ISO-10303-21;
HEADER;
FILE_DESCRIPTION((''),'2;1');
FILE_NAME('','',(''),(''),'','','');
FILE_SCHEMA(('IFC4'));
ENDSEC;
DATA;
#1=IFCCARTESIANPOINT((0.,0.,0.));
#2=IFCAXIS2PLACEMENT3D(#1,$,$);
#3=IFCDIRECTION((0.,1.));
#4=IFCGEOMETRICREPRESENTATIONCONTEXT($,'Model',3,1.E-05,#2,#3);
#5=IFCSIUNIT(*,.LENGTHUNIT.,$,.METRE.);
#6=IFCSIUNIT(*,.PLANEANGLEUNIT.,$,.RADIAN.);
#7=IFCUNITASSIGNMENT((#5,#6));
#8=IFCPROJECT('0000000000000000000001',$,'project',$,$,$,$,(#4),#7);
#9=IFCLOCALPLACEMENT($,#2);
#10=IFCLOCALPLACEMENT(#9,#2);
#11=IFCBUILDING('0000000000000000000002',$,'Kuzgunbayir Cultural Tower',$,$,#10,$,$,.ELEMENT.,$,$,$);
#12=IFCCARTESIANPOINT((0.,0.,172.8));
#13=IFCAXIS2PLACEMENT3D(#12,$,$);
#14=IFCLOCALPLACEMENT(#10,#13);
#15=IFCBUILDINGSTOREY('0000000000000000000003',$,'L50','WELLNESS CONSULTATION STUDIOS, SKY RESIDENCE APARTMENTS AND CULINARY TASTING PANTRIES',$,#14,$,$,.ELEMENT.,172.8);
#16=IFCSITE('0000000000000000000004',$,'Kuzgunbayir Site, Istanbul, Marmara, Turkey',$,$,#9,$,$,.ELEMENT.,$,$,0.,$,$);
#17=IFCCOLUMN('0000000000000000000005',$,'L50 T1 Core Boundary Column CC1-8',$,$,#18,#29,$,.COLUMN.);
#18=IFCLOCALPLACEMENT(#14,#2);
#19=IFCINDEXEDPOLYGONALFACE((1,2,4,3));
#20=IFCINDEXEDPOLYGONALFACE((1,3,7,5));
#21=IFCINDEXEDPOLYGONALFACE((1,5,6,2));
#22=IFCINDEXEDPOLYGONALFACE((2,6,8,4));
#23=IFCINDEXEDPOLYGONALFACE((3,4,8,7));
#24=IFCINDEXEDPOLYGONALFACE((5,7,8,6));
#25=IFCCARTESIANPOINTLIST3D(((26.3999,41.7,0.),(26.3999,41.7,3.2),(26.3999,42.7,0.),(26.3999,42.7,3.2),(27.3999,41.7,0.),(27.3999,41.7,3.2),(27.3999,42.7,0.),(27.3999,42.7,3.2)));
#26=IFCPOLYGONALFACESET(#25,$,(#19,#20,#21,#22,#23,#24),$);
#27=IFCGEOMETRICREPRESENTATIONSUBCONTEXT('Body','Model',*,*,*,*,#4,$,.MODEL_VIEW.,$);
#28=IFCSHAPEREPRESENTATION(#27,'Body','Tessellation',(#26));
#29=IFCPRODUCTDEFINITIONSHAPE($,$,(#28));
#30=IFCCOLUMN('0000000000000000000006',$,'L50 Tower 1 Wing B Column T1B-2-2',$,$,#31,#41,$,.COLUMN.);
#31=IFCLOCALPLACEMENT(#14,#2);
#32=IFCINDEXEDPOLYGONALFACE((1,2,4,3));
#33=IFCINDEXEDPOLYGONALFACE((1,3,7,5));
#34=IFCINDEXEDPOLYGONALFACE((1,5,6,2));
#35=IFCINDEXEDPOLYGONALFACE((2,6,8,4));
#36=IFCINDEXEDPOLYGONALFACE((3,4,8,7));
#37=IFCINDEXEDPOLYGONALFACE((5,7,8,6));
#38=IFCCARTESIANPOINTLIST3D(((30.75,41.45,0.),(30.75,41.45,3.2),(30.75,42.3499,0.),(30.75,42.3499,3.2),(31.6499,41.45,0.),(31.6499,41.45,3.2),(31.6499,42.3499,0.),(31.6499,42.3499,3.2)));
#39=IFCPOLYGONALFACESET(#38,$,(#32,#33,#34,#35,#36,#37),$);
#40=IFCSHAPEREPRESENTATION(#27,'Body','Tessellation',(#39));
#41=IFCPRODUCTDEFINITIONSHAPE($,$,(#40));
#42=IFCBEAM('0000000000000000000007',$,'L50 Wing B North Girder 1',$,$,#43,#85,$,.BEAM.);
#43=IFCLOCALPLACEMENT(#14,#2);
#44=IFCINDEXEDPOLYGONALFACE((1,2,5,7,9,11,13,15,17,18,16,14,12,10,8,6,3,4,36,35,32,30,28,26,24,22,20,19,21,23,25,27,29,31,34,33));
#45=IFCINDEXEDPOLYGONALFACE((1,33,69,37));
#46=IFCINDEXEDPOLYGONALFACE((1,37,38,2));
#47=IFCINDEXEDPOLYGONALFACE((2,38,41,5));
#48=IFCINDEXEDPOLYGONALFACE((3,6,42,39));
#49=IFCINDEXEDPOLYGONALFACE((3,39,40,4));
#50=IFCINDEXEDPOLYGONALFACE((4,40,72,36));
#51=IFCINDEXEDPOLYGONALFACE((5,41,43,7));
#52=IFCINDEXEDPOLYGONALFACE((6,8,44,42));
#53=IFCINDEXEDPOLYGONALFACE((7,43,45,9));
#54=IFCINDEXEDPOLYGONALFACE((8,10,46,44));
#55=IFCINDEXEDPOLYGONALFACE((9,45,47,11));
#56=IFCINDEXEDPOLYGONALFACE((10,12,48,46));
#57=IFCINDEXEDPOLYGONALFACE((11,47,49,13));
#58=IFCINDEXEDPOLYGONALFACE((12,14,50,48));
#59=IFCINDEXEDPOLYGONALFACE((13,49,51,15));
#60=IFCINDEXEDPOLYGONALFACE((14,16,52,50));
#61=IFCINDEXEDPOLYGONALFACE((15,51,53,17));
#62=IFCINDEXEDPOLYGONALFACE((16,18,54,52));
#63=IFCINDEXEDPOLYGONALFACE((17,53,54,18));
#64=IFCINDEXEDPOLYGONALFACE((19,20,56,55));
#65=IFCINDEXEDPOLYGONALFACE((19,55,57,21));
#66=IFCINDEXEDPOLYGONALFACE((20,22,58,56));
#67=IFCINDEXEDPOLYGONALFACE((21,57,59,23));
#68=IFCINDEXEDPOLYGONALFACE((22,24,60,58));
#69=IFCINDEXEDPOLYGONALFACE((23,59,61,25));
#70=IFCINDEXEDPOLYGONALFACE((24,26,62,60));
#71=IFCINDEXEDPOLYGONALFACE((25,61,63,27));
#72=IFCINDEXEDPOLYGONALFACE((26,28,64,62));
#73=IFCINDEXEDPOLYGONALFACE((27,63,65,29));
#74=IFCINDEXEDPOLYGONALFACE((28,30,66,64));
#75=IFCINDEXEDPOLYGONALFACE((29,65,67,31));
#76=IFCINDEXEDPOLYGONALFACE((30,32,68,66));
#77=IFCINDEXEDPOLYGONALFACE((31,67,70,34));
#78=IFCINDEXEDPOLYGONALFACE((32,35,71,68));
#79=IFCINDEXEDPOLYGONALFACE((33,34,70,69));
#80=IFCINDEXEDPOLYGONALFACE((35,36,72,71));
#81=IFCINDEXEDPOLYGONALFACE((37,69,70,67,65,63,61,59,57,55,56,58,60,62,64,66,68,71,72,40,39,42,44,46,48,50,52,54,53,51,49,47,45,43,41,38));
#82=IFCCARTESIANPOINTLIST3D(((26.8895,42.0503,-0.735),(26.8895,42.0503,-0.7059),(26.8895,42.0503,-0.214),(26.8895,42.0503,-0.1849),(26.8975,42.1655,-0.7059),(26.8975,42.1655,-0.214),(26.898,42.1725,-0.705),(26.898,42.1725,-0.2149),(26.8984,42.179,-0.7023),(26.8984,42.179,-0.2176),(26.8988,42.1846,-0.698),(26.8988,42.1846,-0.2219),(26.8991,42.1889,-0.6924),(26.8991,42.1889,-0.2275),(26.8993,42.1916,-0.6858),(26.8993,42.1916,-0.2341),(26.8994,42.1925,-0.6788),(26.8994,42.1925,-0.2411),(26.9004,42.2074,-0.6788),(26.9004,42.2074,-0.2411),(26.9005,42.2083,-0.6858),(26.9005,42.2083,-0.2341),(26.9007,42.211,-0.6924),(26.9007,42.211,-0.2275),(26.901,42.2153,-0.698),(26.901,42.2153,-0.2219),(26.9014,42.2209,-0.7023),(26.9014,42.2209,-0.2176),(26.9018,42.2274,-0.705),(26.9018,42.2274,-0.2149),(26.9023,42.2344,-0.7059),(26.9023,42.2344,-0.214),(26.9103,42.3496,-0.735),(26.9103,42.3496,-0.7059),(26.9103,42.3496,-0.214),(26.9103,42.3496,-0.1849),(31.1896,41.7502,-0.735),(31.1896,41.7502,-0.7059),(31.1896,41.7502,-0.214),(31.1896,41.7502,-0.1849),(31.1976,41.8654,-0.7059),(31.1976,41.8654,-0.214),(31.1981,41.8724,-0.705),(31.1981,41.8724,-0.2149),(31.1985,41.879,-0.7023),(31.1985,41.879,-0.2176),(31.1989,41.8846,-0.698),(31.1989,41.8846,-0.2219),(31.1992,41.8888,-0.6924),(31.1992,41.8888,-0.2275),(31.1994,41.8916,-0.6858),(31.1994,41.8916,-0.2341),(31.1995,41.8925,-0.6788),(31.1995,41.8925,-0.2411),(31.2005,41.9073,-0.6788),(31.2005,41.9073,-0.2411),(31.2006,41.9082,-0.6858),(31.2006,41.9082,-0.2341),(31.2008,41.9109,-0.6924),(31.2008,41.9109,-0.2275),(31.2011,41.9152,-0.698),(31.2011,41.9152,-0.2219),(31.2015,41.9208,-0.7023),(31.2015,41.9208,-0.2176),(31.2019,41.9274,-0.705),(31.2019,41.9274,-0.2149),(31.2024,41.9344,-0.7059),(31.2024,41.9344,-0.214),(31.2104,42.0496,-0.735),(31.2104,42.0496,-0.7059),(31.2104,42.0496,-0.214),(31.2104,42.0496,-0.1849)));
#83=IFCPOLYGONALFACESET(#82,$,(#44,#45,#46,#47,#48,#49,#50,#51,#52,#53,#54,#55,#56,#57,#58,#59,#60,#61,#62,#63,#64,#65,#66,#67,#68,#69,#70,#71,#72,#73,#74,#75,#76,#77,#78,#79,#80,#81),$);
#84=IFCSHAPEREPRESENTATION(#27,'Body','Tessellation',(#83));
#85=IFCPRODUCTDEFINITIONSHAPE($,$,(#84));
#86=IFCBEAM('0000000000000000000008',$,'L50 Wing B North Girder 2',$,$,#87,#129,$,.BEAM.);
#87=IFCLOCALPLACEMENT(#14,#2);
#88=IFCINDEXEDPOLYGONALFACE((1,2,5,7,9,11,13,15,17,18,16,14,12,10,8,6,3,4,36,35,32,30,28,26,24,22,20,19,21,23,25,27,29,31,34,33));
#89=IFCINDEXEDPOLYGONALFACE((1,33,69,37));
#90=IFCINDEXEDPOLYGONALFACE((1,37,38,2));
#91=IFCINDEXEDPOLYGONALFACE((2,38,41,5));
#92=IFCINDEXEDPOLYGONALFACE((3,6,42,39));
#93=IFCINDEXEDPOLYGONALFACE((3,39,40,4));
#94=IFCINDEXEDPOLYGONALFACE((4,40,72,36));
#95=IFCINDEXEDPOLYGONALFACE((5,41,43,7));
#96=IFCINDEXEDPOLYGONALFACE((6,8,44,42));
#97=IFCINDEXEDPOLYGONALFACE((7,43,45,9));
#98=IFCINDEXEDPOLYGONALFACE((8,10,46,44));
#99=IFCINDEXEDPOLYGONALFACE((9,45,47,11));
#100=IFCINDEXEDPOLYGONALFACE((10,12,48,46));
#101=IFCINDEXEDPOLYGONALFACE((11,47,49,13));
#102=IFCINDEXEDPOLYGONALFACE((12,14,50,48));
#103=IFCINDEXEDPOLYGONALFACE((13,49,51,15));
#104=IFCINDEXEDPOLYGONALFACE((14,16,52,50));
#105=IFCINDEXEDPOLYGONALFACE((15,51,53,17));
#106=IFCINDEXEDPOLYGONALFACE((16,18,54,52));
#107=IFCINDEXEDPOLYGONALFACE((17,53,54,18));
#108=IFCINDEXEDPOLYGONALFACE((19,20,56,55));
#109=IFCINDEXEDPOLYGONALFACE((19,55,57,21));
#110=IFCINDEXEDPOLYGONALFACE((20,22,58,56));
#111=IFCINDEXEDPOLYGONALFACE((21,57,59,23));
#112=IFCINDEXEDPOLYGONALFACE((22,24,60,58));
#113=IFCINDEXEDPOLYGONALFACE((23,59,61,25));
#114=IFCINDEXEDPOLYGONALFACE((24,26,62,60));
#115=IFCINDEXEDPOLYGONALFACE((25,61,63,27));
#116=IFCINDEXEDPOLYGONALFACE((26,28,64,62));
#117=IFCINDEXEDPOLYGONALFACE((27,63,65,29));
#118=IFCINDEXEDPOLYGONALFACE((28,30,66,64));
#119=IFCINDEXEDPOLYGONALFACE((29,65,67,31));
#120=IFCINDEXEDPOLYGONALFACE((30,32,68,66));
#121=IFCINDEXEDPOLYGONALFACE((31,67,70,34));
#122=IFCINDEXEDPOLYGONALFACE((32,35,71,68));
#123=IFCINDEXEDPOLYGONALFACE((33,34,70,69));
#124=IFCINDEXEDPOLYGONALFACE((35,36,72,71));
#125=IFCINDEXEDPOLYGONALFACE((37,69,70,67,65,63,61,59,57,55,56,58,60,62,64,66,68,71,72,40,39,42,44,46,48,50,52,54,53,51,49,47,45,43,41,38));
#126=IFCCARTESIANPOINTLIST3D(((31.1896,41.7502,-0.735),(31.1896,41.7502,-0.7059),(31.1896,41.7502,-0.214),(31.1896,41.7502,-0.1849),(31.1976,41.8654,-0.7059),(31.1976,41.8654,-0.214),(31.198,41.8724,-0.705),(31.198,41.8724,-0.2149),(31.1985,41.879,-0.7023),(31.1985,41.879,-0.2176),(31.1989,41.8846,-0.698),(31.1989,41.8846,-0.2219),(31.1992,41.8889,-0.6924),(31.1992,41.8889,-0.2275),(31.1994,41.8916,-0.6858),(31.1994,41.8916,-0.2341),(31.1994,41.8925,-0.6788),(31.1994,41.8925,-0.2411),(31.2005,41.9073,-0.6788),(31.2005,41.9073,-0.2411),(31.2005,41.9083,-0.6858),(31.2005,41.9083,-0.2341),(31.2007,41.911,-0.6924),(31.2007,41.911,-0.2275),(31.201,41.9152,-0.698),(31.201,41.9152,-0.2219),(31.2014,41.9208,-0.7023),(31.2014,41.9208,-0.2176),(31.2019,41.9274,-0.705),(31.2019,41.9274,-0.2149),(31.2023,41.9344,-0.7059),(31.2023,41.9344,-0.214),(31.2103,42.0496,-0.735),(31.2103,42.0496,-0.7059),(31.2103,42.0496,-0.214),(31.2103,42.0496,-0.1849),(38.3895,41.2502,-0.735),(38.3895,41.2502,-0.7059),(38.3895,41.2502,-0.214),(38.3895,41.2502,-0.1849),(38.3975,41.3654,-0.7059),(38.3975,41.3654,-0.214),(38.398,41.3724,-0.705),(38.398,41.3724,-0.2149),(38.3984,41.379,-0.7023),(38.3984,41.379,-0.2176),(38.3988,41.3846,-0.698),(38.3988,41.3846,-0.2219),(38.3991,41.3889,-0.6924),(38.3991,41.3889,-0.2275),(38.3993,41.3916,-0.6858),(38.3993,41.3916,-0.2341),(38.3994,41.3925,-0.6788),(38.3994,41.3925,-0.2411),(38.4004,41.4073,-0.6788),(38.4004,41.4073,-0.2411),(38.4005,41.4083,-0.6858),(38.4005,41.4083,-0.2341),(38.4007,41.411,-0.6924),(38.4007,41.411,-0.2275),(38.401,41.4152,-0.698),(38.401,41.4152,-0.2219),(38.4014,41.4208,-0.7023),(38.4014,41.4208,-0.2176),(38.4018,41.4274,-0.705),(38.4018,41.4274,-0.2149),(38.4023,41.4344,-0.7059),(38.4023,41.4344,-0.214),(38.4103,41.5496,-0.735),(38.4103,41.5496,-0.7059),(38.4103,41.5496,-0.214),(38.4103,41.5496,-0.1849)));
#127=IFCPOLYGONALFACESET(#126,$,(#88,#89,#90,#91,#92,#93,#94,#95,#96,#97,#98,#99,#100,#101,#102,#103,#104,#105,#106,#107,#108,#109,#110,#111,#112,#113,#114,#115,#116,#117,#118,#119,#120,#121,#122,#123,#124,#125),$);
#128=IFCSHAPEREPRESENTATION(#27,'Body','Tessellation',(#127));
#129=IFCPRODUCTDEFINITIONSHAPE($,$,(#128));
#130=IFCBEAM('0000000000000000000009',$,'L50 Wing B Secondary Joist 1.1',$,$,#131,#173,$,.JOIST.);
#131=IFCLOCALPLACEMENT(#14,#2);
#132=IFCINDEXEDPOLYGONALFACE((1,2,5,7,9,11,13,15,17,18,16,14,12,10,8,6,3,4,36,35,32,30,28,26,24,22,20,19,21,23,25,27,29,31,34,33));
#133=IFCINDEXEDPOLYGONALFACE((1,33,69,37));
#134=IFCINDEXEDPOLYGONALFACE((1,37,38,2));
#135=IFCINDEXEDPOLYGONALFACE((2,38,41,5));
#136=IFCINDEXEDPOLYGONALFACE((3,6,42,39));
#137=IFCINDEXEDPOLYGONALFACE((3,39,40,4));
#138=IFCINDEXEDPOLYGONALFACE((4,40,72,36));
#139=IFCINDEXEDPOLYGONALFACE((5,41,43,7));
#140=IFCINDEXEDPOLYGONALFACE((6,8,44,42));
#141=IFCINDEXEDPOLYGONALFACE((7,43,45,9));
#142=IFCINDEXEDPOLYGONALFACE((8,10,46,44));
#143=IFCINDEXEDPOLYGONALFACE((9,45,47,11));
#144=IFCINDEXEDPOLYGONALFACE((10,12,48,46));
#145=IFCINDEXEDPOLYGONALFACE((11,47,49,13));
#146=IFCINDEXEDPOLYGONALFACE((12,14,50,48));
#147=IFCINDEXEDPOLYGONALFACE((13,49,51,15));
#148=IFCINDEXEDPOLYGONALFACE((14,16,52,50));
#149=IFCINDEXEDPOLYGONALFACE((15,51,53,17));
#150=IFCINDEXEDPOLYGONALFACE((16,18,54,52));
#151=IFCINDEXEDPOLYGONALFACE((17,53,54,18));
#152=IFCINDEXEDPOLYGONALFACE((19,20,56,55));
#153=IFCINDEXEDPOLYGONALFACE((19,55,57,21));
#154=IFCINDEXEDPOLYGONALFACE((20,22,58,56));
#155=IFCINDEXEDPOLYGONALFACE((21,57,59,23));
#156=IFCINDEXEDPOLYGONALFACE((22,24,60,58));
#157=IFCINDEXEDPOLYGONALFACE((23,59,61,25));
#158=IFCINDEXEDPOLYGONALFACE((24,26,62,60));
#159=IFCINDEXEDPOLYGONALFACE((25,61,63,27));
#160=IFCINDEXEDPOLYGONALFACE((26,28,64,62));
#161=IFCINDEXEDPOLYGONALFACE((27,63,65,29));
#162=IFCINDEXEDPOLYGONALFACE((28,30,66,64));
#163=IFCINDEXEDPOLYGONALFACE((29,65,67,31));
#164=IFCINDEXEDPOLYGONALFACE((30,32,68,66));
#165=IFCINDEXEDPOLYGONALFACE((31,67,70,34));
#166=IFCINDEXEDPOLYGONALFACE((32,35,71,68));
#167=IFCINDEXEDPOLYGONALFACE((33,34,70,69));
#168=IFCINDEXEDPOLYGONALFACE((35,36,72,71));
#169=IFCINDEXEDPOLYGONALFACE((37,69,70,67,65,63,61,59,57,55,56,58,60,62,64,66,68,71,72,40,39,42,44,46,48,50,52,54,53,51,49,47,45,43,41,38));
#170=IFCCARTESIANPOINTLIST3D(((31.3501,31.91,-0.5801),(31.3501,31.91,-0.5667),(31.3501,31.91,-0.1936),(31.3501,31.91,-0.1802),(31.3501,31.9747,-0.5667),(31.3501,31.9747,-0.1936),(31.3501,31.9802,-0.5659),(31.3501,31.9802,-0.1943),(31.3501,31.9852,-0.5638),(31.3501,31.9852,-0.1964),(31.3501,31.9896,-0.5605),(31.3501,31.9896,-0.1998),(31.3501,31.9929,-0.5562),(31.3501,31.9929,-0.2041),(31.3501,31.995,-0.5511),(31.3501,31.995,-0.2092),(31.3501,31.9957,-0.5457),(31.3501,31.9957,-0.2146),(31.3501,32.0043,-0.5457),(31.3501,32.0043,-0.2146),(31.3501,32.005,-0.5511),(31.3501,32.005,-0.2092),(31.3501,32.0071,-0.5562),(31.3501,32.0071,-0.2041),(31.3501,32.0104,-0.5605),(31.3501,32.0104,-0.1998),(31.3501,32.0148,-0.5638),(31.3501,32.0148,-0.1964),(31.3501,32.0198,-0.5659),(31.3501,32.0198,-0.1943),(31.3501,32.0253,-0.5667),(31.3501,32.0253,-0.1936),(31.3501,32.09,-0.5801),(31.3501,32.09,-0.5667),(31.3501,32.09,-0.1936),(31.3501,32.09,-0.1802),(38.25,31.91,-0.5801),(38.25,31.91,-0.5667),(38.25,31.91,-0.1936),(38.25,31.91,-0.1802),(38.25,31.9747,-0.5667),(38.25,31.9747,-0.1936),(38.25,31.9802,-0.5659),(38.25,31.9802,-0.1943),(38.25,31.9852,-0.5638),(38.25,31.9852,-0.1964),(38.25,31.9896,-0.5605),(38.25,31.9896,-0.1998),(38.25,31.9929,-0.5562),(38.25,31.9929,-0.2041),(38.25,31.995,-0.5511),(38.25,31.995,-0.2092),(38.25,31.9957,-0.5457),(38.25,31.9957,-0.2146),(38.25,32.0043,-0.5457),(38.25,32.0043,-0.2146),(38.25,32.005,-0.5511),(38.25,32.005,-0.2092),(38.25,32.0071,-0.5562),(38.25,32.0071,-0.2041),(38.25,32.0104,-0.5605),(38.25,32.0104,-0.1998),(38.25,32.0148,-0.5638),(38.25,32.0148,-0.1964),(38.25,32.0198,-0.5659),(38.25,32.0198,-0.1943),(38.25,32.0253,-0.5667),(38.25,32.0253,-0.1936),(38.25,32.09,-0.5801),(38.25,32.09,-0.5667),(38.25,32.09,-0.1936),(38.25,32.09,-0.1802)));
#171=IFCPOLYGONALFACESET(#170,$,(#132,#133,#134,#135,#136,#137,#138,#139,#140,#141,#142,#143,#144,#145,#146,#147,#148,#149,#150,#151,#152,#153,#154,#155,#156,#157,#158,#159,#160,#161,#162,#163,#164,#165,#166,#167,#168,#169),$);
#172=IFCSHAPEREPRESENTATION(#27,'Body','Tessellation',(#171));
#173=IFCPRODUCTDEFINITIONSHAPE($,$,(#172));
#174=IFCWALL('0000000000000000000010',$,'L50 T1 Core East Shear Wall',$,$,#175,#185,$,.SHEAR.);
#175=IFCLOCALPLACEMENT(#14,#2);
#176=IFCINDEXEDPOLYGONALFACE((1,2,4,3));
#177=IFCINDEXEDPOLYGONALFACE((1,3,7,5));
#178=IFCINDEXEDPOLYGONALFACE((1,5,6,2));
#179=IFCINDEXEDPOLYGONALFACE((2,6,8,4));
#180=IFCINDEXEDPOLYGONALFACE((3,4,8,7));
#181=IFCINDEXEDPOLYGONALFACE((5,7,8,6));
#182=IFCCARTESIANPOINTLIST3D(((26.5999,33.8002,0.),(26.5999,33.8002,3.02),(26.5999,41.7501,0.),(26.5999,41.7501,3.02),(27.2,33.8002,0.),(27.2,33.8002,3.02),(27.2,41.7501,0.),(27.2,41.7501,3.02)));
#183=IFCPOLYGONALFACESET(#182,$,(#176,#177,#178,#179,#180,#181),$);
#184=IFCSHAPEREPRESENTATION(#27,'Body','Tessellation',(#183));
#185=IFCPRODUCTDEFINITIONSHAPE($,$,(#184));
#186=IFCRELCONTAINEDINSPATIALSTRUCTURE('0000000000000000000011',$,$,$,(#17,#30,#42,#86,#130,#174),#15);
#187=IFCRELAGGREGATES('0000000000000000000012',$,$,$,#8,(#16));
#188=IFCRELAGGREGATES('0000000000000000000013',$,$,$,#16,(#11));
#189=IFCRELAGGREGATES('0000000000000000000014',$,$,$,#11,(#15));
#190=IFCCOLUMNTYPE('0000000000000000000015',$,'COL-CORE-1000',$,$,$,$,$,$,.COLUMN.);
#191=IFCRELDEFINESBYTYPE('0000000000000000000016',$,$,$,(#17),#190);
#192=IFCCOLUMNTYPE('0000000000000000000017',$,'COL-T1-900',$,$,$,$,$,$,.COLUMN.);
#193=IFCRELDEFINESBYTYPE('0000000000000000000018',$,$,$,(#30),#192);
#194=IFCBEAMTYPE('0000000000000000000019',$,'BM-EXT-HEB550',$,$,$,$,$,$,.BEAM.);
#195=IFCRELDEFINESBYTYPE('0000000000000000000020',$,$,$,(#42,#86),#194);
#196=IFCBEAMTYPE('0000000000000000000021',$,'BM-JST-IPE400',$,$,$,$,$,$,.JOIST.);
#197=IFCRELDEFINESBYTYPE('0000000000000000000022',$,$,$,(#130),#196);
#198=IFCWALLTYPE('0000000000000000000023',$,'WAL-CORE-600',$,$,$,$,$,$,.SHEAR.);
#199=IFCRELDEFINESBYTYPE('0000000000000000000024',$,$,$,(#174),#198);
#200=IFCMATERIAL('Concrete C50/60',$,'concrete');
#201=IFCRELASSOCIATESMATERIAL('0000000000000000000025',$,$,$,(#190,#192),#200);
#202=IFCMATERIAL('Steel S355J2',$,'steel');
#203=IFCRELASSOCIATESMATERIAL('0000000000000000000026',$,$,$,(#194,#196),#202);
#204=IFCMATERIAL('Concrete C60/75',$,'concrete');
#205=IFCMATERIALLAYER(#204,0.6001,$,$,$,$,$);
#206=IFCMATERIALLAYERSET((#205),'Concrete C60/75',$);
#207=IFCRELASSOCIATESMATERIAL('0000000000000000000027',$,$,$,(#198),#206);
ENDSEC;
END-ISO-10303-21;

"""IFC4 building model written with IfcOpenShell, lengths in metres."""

from ifc_helpers import new_model, si_unit, direction, frame, frame_2d, origin, origin_2d, place, context, subcontext, project, spatial, rectangle, i_section, extrude, material, layer, layer_set, material_profile, profile_set, type_object, element, save


model = new_model("IFC4")

# Units and contexts
model_context = context("Model", 3, precision=1e-05, world=origin(), true_north=direction((0.0, 1.0)))
body_context = subcontext(model_context, "Body", "Model", "MODEL_VIEW")
ifc_project = project(units=[si_unit("LENGTHUNIT", "METRE"), si_unit("PLANEANGLEUNIT", "RADIAN")], contexts=[model_context])

# Site, building, storey
site_placement = place(None, origin())
site = spatial("IfcSite", under=ifc_project, at=site_placement, Name="Kuzgunbayir Site, Istanbul, Marmara, Turkey", CompositionType="ELEMENT", RefElevation=0.0)
building_placement = place(site_placement, origin())
building = spatial("IfcBuilding", under=site, at=building_placement, Name="Kuzgunbayir Cultural Tower", CompositionType="ELEMENT")
storey_placement = place(building_placement, frame((0.0, 0.0, 172.8)))
storey = spatial("IfcBuildingStorey", under=building, at=storey_placement, Name="L50", Description="WELLNESS CONSULTATION STUDIOS, SKY RESIDENCE APARTMENTS AND CULINARY TASTING PANTRIES", CompositionType="ELEMENT", Elevation=172.8)

# Columns
ifc_material_1 = material(Name="Concrete C50/60", Category="concrete")
ifc_material_profile_1 = material_profile(ifc_material_1, rectangle(XDim=1.0, YDim=1.0, at=origin_2d()), Name="RC 1000x1000")
ifc_profile_set_1 = profile_set([ifc_material_profile_1], Name="Concrete C50/60")
column_type_1 = type_object("IfcColumnType", Name="COL-CORE-1000", PredefinedType="COLUMN", material=ifc_profile_set_1)
column_1_placement = place(storey_placement, frame((26.8999, 42.2, 0.0), z_axis=(0.0, 0.0, 1.0), x_axis=(1.0, 0.0, 0.0)))
element("IfcColumn", 1, at=column_1_placement, inside=storey, type_object=column_type_1, Name="L50 T1 Core Boundary Column CC1-8", PredefinedType="COLUMN", context=body_context, shape_type="SweptSolid", body=[
    extrude(rectangle(XDim=1.0, YDim=1.0, at=origin_2d()), origin(), (0.0, 0.0, 1.0), 3.2),
])
ifc_material_profile_2 = material_profile(ifc_material_1, rectangle(XDim=0.8999, YDim=0.8999, at=origin_2d()), Name="RC 900x900")
ifc_profile_set_2 = profile_set([ifc_material_profile_2], Name="Concrete C50/60")
column_type_2 = type_object("IfcColumnType", Name="COL-T1-900", PredefinedType="COLUMN", material=ifc_profile_set_2)
column_2_placement = place(storey_placement, frame((31.2, 41.8999, 0.0), z_axis=(0.0, 0.0, 1.0), x_axis=(1.0, 0.0, 0.0)))
element("IfcColumn", 2, at=column_2_placement, inside=storey, type_object=column_type_2, Name="L50 Tower 1 Wing B Column T1B-2-2", PredefinedType="COLUMN", context=body_context, shape_type="SweptSolid", body=[
    extrude(rectangle(XDim=0.8999, YDim=0.8999, at=origin_2d()), origin(), (0.0, 0.0, 1.0), 3.2),
])

# Beams
ifc_material_2 = material(Name="Steel S355J2", Category="steel")
ifc_material_profile_3 = material_profile(ifc_material_2, i_section(OverallWidth=0.3, OverallDepth=0.55, WebThickness=0.0149, FlangeThickness=0.0291, FilletRadius=0.0271, at=origin_2d()), Name="HEB 550")
ifc_profile_set_3 = profile_set([ifc_material_profile_3], Name="Steel S355J2")
beam_type_1 = type_object("IfcBeamType", Name="BM-EXT-HEB550", PredefinedType="BEAM", material=ifc_profile_set_3)
beam_1_placement = place(storey_placement, frame((26.8999, 42.2, -0.46), z_axis=(0.997574, -0.069609, 0.0), x_axis=(0.069609, 0.997574, 0.0)))
element("IfcBeam", 3, at=beam_1_placement, inside=storey, type_object=beam_type_1, Name="L50 Wing B North Girder 1", PredefinedType="BEAM", context=body_context, shape_type="SweptSolid", body=[
    extrude(i_section(OverallWidth=0.3, OverallDepth=0.55, WebThickness=0.0149, FlangeThickness=0.0291, FilletRadius=0.0271, at=origin_2d()), origin(), (0.0, 0.0, 1.0), 4.3105),
])
beam_2_placement = place(storey_placement, frame((31.2, 41.8999, -0.46), z_axis=(0.997597, -0.069278, 0.0), x_axis=(0.069278, 0.997597, 0.0)))
element("IfcBeam", 4, at=beam_2_placement, inside=storey, type_object=beam_type_1, Name="L50 Wing B North Girder 2", PredefinedType="BEAM", context=body_context, shape_type="SweptSolid", body=[
    extrude(i_section(OverallWidth=0.3, OverallDepth=0.55, WebThickness=0.0149, FlangeThickness=0.0291, FilletRadius=0.0271, at=origin_2d()), origin(), (0.0, 0.0, 1.0), 7.2173),
])
ifc_material_profile_4 = material_profile(ifc_material_2, i_section(OverallWidth=0.1799, OverallDepth=0.3999, WebThickness=0.0085, FlangeThickness=0.0134, FilletRadius=0.021, at=origin_2d()), Name="IPE 400")
ifc_profile_set_4 = profile_set([ifc_material_profile_4], Name="Steel S355J2")
beam_type_2 = type_object("IfcBeamType", Name="BM-JST-IPE400", PredefinedType="JOIST", material=ifc_profile_set_4)
beam_3_placement = place(storey_placement, frame((31.3501, 32.0, -0.3801), z_axis=(1.0, 0.0, 0.0), x_axis=(0.0, 1.0, 0.0)))
element("IfcBeam", 5, at=beam_3_placement, inside=storey, type_object=beam_type_2, Name="L50 Wing B Secondary Joist 1.1", PredefinedType="JOIST", context=body_context, shape_type="SweptSolid", body=[
    extrude(i_section(OverallWidth=0.1799, OverallDepth=0.3999, WebThickness=0.0085, FlangeThickness=0.0134, FilletRadius=0.021, at=origin_2d()), origin(), (0.0, 0.0, 1.0), 6.8999),
])

# Wall
ifc_material_3 = material(Name="Concrete C60/75", Category="concrete")
ifc_layer_1 = layer(ifc_material_3, 0.6001)
ifc_layer_set_1 = layer_set([ifc_layer_1], Name="Concrete C60/75")
wall_type_1 = type_object("IfcWallType", Name="WAL-CORE-600", PredefinedType="SHEAR", material=ifc_layer_set_1)
wall_1_placement = place(storey_placement, frame((26.8999, 33.8, 0.0), z_axis=(0.0, 0.0, 1.0), x_axis=(0.0, 1.0, 0.0)))
element("IfcWall", 6, at=wall_1_placement, inside=storey, type_object=wall_type_1, Name="L50 T1 Core East Shear Wall", PredefinedType="SHEAR", context=body_context, shape_type="SweptSolid", body=[
    extrude(rectangle(XDim=7.95, YDim=0.6001, at=frame_2d((3.9751, 0.0))), origin(), (0.0, 0.0, 1.0), 3.02),
])

save(model, "model.ifc")
